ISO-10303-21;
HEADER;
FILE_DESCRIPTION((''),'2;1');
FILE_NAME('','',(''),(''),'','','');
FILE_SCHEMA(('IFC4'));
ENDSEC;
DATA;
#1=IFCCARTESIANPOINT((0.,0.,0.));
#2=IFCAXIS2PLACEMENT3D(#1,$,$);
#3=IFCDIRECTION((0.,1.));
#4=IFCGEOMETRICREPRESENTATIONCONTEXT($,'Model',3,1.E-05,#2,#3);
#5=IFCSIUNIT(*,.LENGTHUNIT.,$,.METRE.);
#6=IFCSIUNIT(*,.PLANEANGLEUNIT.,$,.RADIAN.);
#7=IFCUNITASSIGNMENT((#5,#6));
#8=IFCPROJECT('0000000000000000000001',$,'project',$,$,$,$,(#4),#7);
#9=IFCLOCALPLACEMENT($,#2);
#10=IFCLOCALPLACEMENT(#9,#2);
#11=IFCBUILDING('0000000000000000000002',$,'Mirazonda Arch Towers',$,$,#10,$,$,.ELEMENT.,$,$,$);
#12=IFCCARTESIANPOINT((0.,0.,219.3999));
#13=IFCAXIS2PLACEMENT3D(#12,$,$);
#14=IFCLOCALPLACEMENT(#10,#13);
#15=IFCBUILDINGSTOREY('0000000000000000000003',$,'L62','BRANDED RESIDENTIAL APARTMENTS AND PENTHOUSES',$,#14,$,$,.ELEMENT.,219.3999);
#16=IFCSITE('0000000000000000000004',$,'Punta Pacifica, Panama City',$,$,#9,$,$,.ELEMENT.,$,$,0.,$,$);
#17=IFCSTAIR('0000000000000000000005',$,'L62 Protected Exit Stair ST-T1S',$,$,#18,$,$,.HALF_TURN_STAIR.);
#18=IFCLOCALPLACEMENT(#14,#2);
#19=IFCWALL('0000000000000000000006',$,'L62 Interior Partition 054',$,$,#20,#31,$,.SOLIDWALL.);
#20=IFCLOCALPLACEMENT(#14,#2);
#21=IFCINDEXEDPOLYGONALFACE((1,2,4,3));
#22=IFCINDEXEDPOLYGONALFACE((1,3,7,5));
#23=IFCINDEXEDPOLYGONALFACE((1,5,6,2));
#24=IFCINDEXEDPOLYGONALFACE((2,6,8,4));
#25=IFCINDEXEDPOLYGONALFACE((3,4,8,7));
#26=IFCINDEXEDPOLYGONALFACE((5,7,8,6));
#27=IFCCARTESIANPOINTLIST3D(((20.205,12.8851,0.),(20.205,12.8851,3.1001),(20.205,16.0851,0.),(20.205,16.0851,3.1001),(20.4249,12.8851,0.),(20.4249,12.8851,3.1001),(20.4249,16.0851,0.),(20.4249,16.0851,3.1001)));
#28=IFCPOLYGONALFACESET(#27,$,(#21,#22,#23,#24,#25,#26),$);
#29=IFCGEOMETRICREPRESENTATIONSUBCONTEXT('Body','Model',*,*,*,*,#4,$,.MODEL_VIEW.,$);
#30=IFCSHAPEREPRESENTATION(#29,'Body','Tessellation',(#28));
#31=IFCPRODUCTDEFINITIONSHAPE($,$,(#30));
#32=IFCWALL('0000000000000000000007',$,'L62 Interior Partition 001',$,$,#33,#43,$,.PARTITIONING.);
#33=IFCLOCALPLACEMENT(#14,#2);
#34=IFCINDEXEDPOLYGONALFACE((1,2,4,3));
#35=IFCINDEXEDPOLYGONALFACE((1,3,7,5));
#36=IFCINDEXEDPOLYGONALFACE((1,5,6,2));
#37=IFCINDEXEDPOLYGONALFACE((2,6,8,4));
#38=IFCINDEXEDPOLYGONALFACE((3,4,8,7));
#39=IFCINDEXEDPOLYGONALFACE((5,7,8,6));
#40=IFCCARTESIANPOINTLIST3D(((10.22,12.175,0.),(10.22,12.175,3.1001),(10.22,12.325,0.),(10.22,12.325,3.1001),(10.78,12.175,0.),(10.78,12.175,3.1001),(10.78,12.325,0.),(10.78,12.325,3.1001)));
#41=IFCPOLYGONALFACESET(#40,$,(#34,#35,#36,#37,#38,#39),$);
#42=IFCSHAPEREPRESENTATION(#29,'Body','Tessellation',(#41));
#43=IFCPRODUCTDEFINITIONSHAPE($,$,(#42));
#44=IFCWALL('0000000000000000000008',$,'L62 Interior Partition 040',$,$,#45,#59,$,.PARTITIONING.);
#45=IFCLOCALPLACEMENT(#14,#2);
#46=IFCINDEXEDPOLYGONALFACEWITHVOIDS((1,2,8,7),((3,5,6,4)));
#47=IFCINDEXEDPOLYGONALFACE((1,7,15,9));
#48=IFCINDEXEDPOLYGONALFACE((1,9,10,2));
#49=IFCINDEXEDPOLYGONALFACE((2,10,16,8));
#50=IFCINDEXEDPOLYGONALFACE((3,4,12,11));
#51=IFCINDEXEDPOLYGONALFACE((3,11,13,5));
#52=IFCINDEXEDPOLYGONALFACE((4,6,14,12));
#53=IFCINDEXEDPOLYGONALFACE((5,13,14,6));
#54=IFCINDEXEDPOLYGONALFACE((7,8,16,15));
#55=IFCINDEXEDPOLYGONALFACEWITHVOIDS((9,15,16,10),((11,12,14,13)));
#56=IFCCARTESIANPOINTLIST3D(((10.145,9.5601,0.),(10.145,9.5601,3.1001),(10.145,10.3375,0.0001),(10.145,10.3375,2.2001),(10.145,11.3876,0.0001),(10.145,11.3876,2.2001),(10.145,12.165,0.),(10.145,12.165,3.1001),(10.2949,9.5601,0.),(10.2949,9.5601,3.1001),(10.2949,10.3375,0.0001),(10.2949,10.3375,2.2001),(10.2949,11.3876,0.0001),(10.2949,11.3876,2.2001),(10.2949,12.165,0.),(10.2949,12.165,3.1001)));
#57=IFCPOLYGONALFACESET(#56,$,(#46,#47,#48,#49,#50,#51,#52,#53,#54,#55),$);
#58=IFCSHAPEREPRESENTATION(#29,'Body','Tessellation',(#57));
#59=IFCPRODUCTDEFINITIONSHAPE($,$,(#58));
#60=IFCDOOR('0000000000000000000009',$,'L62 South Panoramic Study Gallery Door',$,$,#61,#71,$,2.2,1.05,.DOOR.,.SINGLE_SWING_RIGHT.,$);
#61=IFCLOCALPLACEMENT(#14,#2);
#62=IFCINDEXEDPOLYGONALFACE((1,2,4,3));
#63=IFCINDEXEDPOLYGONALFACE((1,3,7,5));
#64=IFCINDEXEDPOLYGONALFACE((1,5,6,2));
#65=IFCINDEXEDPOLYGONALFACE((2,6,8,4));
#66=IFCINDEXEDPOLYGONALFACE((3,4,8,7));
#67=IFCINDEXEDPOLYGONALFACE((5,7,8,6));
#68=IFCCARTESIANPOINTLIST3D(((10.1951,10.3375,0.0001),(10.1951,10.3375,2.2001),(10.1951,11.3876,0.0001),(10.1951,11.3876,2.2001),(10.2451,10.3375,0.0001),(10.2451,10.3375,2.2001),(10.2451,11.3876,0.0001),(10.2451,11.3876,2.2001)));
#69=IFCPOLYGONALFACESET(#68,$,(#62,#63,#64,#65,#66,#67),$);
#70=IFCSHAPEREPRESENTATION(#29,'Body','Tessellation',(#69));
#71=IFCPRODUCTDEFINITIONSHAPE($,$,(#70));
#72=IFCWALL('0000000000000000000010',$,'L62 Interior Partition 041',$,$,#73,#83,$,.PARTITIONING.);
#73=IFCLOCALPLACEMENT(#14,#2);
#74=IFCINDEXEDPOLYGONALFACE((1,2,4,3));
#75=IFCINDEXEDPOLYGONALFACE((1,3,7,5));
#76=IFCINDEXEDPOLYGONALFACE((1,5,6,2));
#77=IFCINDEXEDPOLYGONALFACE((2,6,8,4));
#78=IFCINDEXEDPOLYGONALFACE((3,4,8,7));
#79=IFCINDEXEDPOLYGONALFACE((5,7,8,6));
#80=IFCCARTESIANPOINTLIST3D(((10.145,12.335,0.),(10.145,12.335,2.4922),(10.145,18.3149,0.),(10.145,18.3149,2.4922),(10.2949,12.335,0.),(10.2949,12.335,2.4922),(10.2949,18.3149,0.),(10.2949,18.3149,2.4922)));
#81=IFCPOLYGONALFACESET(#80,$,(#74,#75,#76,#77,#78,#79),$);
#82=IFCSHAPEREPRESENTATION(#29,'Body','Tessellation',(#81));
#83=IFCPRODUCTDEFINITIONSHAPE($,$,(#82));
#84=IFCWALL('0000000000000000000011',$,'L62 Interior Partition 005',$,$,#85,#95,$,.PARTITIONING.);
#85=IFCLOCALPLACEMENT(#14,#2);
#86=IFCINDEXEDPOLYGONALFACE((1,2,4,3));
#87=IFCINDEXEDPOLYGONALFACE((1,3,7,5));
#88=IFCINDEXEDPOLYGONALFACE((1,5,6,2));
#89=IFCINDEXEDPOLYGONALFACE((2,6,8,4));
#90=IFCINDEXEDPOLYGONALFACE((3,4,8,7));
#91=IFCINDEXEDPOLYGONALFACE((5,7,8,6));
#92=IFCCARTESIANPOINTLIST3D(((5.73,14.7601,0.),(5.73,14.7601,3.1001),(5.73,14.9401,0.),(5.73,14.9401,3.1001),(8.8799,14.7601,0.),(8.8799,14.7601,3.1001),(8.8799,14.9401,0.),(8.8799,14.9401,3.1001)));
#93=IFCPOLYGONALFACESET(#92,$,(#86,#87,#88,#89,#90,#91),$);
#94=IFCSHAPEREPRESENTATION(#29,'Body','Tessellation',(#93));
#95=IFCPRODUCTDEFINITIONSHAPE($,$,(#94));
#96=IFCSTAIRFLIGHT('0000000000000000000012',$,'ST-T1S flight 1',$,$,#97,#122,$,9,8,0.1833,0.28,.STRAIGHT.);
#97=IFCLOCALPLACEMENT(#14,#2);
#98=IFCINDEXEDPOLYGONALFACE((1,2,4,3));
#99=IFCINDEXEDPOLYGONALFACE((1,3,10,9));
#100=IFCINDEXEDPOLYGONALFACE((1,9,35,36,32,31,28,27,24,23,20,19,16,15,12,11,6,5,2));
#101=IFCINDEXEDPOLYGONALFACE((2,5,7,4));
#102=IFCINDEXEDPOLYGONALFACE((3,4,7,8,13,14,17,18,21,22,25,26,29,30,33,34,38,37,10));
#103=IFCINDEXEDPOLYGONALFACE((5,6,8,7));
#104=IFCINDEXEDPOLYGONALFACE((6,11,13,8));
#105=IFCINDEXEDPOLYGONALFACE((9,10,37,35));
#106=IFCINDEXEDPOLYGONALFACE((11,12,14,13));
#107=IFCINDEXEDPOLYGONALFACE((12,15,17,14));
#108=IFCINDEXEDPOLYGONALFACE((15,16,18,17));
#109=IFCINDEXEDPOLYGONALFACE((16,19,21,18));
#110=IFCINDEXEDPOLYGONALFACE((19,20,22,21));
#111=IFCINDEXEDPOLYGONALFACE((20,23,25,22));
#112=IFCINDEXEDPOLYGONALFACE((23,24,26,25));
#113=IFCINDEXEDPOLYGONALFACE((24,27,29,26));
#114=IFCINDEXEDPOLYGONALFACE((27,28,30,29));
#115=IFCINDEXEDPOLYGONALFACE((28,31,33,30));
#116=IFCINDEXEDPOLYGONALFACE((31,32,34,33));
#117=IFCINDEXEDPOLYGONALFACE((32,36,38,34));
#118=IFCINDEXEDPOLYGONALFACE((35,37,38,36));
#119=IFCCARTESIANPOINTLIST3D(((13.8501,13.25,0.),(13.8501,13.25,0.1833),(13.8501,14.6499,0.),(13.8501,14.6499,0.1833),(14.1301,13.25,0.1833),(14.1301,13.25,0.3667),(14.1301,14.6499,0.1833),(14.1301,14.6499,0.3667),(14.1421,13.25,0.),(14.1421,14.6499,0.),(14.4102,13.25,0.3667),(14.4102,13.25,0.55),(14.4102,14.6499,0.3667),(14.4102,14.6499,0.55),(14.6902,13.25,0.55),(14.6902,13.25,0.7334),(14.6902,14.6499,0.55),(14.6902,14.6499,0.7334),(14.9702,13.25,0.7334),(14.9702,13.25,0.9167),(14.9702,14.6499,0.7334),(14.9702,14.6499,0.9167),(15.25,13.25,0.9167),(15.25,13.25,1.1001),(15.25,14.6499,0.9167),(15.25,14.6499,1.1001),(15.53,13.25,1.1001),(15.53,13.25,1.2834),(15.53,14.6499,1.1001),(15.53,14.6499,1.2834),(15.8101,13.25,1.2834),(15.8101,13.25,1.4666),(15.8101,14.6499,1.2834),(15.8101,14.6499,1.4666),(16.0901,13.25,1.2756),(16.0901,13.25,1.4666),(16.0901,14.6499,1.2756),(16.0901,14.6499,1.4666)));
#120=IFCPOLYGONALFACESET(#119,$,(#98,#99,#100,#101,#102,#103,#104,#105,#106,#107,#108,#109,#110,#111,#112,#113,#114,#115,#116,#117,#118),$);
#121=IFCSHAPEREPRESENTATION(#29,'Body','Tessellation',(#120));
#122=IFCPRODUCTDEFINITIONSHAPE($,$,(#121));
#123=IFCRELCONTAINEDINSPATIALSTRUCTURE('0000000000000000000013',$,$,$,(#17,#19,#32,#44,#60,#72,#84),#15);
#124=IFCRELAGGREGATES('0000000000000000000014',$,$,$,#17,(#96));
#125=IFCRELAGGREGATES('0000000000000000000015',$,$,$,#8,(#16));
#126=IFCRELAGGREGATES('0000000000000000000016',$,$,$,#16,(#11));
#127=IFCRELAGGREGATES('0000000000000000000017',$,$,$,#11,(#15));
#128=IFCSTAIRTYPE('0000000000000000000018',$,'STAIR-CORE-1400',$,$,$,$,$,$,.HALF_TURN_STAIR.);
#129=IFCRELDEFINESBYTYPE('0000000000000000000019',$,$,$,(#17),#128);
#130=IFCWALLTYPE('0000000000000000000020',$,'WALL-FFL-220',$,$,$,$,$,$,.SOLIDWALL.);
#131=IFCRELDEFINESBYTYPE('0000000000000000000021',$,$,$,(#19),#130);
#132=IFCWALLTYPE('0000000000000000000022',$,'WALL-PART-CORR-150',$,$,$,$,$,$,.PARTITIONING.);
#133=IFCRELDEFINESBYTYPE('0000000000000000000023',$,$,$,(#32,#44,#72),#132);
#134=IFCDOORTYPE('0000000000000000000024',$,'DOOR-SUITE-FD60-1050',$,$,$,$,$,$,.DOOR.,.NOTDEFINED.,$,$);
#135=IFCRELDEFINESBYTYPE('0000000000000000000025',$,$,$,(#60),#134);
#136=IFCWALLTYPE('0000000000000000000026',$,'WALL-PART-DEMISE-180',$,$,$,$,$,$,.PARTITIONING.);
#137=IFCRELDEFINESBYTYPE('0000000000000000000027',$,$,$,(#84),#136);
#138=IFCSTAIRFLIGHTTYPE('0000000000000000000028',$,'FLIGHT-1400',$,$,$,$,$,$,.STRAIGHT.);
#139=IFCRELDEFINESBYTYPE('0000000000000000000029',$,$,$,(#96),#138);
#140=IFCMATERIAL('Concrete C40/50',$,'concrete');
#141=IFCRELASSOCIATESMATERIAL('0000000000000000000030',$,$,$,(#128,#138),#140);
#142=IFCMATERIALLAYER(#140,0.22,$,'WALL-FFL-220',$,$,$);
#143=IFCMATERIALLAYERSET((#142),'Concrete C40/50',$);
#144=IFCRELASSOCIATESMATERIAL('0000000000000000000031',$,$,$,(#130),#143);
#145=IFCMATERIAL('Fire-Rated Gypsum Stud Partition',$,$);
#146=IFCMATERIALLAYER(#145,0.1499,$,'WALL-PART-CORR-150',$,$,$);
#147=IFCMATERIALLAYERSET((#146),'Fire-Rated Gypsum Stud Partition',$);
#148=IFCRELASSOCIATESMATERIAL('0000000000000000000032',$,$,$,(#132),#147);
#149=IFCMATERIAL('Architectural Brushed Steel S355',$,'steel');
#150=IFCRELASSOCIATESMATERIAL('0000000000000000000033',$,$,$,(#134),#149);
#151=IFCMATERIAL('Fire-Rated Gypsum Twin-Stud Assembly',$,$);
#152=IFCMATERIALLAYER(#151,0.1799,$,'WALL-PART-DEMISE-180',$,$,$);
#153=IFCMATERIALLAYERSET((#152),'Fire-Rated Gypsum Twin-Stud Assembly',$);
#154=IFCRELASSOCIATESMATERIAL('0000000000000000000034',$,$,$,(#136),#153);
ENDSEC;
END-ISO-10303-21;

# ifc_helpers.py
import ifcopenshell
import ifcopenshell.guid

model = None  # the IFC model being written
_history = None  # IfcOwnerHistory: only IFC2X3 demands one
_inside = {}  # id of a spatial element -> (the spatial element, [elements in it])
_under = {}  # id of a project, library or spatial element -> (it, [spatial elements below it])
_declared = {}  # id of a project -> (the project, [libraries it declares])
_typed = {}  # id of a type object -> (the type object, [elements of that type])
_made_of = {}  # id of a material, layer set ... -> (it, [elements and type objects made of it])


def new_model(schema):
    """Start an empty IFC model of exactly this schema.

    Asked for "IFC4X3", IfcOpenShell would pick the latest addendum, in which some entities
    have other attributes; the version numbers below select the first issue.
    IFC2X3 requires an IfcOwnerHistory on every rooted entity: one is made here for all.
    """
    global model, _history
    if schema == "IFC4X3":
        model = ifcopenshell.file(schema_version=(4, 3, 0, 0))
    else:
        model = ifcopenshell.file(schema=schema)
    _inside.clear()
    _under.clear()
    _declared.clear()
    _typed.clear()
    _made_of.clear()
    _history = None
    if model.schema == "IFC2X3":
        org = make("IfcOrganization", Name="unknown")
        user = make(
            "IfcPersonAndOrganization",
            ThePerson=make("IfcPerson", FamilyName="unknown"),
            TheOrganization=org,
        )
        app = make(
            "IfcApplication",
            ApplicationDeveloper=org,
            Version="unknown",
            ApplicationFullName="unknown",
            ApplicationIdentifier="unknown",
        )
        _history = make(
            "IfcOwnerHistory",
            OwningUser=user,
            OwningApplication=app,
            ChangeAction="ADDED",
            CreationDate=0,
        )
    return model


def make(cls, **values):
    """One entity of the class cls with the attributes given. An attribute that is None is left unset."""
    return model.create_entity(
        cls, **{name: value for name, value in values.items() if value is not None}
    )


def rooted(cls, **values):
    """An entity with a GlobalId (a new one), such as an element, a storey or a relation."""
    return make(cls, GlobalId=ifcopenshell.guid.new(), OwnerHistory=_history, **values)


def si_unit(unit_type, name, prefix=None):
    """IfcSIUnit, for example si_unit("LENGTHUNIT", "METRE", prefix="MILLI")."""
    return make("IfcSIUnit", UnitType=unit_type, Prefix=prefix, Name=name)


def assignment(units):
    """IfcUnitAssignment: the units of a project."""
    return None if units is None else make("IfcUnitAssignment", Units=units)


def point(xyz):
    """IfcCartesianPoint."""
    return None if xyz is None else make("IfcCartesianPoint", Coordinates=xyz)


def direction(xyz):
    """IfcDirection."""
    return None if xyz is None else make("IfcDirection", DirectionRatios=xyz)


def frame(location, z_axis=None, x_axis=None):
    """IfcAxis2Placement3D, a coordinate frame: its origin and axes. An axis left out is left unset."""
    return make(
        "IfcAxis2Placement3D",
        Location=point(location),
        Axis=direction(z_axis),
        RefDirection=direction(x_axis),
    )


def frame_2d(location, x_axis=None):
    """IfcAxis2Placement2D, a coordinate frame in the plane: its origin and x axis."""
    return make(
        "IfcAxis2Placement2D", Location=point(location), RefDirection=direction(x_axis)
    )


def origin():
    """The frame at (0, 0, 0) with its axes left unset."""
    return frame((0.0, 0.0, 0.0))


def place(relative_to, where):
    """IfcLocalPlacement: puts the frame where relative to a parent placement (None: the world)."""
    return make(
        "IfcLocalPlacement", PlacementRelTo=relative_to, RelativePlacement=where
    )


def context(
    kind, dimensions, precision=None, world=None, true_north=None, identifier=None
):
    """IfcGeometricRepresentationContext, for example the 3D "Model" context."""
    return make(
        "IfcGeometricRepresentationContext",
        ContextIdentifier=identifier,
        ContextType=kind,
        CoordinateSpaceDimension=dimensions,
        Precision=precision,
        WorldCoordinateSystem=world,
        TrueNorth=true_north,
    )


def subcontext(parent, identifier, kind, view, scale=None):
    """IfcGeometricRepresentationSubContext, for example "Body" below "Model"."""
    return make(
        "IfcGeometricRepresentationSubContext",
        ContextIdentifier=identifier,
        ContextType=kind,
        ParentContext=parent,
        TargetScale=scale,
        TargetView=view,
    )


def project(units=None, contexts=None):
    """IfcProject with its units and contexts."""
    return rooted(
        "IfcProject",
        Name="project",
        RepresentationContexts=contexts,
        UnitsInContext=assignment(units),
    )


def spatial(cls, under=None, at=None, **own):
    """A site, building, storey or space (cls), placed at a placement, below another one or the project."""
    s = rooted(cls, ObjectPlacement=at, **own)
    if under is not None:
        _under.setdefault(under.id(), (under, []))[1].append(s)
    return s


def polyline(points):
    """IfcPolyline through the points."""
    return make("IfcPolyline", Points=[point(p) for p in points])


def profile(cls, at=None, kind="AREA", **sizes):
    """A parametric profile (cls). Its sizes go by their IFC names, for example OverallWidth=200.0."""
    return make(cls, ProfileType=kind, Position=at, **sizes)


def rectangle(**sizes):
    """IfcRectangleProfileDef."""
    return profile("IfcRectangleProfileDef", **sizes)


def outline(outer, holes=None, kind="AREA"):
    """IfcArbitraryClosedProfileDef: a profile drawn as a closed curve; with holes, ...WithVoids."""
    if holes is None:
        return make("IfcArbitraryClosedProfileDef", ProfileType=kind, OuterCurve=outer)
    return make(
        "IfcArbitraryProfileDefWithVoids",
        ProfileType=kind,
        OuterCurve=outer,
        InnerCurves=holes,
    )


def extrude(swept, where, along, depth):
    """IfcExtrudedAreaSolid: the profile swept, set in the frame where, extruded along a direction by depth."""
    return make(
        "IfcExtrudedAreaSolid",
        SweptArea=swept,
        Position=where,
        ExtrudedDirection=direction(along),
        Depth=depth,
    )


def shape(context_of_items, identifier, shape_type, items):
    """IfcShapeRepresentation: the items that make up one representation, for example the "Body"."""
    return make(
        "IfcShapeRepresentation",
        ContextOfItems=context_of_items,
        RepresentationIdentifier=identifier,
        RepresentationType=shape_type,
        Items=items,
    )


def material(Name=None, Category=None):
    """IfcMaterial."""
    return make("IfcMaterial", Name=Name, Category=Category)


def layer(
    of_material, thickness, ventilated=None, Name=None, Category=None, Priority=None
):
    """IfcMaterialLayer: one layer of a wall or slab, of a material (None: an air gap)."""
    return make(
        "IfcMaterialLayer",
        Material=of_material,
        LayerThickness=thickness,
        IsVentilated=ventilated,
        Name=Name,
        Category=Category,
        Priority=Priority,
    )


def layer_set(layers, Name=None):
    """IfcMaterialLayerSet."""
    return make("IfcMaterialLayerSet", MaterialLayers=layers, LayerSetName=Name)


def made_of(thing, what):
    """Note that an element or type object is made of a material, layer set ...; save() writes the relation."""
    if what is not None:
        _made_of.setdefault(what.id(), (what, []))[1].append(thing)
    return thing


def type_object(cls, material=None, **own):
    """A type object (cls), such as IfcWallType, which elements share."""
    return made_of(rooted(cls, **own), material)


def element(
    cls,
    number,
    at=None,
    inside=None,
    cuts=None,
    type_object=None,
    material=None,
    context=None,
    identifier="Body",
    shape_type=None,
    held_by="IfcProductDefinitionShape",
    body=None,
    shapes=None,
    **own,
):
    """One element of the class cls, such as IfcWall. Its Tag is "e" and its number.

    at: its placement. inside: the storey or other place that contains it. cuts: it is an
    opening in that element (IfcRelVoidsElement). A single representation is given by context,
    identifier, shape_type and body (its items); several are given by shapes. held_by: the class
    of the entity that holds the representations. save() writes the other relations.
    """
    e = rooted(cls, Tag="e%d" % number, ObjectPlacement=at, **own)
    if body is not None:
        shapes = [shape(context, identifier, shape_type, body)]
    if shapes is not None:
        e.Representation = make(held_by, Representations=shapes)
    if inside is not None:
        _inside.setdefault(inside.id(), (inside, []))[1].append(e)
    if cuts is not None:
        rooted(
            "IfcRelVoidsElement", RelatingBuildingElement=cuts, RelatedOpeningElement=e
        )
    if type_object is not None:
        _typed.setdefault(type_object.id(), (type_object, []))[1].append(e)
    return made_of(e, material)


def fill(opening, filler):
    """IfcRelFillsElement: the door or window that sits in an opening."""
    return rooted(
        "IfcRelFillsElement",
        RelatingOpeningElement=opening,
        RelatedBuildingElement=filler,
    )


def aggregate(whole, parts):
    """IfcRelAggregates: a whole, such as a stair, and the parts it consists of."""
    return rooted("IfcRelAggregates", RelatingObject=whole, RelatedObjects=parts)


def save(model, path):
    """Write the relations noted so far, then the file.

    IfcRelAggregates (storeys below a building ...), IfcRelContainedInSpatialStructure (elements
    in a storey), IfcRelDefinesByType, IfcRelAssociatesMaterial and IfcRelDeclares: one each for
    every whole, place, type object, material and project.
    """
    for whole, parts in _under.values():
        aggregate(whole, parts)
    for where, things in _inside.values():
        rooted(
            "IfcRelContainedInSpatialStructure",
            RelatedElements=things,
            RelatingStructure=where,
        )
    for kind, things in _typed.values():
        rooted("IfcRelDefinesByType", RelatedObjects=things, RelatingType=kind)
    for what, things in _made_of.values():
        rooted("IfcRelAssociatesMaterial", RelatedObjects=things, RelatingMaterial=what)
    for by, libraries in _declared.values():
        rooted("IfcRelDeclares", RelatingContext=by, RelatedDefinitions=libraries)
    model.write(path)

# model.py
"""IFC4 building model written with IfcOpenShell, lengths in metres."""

from ifc_helpers import new_model, si_unit, direction, frame, frame_2d, origin, place, context, subcontext, project, spatial, polyline, rectangle, outline, extrude, material, layer, layer_set, type_object, element, fill, aggregate, save


model = new_model("IFC4")

# Units and contexts
model_context = context("Model", 3, precision=1e-05, world=origin(), true_north=direction((0.0, 1.0)))
body_context = subcontext(model_context, "Body", "Model", "MODEL_VIEW")
ifc_project = project(units=[si_unit("LENGTHUNIT", "METRE"), si_unit("PLANEANGLEUNIT", "RADIAN")], contexts=[model_context])

# Site, building, storey
site_placement = place(None, origin())
site = spatial("IfcSite", under=ifc_project, at=site_placement, Name="Punta Pacifica, Panama City", CompositionType="ELEMENT", RefElevation=0.0)
building_placement = place(site_placement, origin())
building = spatial("IfcBuilding", under=site, at=building_placement, Name="Mirazonda Arch Towers", CompositionType="ELEMENT")
storey_placement = place(building_placement, frame((0.0, 0.0, 219.3999)))
storey = spatial("IfcBuildingStorey", under=building, at=storey_placement, Name="L62", Description="BRANDED RESIDENTIAL APARTMENTS AND PENTHOUSES", CompositionType="ELEMENT", Elevation=219.3999)

# Stair
ifc_material_1 = material(Name="Concrete C40/50", Category="concrete")
stair_type = type_object("IfcStairType", Name="STAIR-CORE-1400", PredefinedType="HALF_TURN_STAIR", material=ifc_material_1)
stair_1_placement = place(storey_placement, origin())
stair_1 = element("IfcStair", 1, at=stair_1_placement, inside=storey, type_object=stair_type, Name="L62 Protected Exit Stair ST-T1S", PredefinedType="HALF_TURN_STAIR")

# Walls
ifc_layer_1 = layer(ifc_material_1, 0.22, Name="WALL-FFL-220")
ifc_layer_set_1 = layer_set([ifc_layer_1], Name="Concrete C40/50")
wall_type_1 = type_object("IfcWallType", Name="WALL-FFL-220", PredefinedType="SOLIDWALL", material=ifc_layer_set_1)
wall_1_placement = place(storey_placement, frame((20.3149, 12.885, 0.0), z_axis=(0.0, 0.0, 1.0), x_axis=(0.0, 1.0, 0.0)))
element("IfcWall", 2, at=wall_1_placement, inside=storey, type_object=wall_type_1, Name="L62 Interior Partition 054", PredefinedType="SOLIDWALL", context=body_context, shape_type="SweptSolid", body=[
    extrude(rectangle(XDim=3.2, YDim=0.22, at=frame_2d((1.6001, 0.0))), origin(), (0.0, 0.0, 1.0), 3.1001),
])
ifc_material_2 = material(Name="Fire-Rated Gypsum Stud Partition")
ifc_layer_2 = layer(ifc_material_2, 0.1499, Name="WALL-PART-CORR-150")
ifc_layer_set_2 = layer_set([ifc_layer_2], Name="Fire-Rated Gypsum Stud Partition")
wall_type_2 = type_object("IfcWallType", Name="WALL-PART-CORR-150", PredefinedType="PARTITIONING", material=ifc_layer_set_2)
wall_2_placement = place(storey_placement, frame((10.22, 12.25, 0.0), z_axis=(0.0, 0.0, 1.0), x_axis=(1.0, 0.0, 0.0)))
element("IfcWall", 3, at=wall_2_placement, inside=storey, type_object=wall_type_2, Name="L62 Interior Partition 001", PredefinedType="PARTITIONING", context=body_context, shape_type="SweptSolid", body=[
    extrude(rectangle(XDim=0.5601, YDim=0.1499, at=frame_2d((0.28, 0.0))), origin(), (0.0, 0.0, 1.0), 3.1001),
])

# Wall, opening, door
wall_3_placement = place(storey_placement, frame((10.22, 9.5601, 0.0), z_axis=(0.0, 0.0, 1.0), x_axis=(0.0, 1.0, 0.0)))
wall_3 = element("IfcWall", 4, at=wall_3_placement, inside=storey, type_object=wall_type_2, Name="L62 Interior Partition 040", PredefinedType="PARTITIONING", context=body_context, shape_type="SweptSolid", body=[
    extrude(rectangle(XDim=2.605, YDim=0.1499, at=frame_2d((1.3025, 0.0))), origin(), (0.0, 0.0, 1.0), 3.1001),
])
opening_1_placement = place(wall_3_placement, frame((0.7776, 0.0, 0.0)))
opening_1 = element("IfcOpeningElement", 5, at=opening_1_placement, cuts=wall_3, PredefinedType="OPENING", context=body_context, shape_type="SweptSolid", body=[
    extrude(rectangle(XDim=1.05, YDim=2.2, at=frame_2d((0.5249, 1.1001))), frame((0.0, 0.085, 0.0), z_axis=(0.0, -1.0, 0.0), x_axis=(1.0, 0.0, 0.0)), (0.0, 0.0, 1.0), 0.1699),
])
ifc_material_3 = material(Name="Architectural Brushed Steel S355", Category="steel")
door_type_1 = type_object("IfcDoorType", Name="DOOR-SUITE-FD60-1050", OperationType="NOTDEFINED", PredefinedType="DOOR", material=ifc_material_3)
door_1_placement = place(opening_1_placement, origin())
door_1 = element("IfcDoor", 6, at=door_1_placement, inside=storey, type_object=door_type_1, Name="L62 South Panoramic Study Gallery Door", OperationType="SINGLE_SWING_RIGHT", OverallHeight=2.2, OverallWidth=1.05, PredefinedType="DOOR", context=body_context, shape_type="SweptSolid", body=[
    extrude(rectangle(XDim=1.05, YDim=2.2, at=frame_2d((0.5249, 1.1001))), frame((0.0, 0.0249, 0.0), z_axis=(0.0, -1.0, 0.0), x_axis=(1.0, 0.0, 0.0)), (0.0, 0.0, 1.0), 0.05),
])
fill(opening_1, door_1)

# Walls
wall_4_placement = place(storey_placement, frame((10.22, 12.335, 0.0), z_axis=(0.0, 0.0, 1.0), x_axis=(0.0, 1.0, 0.0)))
element("IfcWall", 7, at=wall_4_placement, inside=storey, type_object=wall_type_2, Name="L62 Interior Partition 041", PredefinedType="PARTITIONING", context=body_context, shape_type="SweptSolid", body=[
    extrude(rectangle(XDim=5.98, YDim=0.1499, at=frame_2d((2.99, 0.0))), origin(), (0.0, 0.0, 1.0), 2.4922),
])
ifc_material_4 = material(Name="Fire-Rated Gypsum Twin-Stud Assembly")
ifc_layer_3 = layer(ifc_material_4, 0.1799, Name="WALL-PART-DEMISE-180")
ifc_layer_set_3 = layer_set([ifc_layer_3], Name="Fire-Rated Gypsum Twin-Stud Assembly")
wall_type_3 = type_object("IfcWallType", Name="WALL-PART-DEMISE-180", PredefinedType="PARTITIONING", material=ifc_layer_set_3)
wall_5_placement = place(storey_placement, frame((5.73, 14.8501, 0.0), z_axis=(0.0, 0.0, 1.0), x_axis=(1.0, 0.0, 0.0)))
element("IfcWall", 8, at=wall_5_placement, inside=storey, type_object=wall_type_3, Name="L62 Interior Partition 005", PredefinedType="PARTITIONING", context=body_context, shape_type="SweptSolid", body=[
    extrude(rectangle(XDim=3.1499, YDim=0.1799, at=frame_2d((1.575, 0.0))), origin(), (0.0, 0.0, 1.0), 3.1001),
])

# Stair flight
stair_flight_type = type_object("IfcStairFlightType", Name="FLIGHT-1400", PredefinedType="STRAIGHT", material=ifc_material_1)
stair_flight_placement = place(storey_placement, frame((13.8501, 13.95, 0.0), z_axis=(0.0, 0.0, 1.0), x_axis=(1.0, 0.0, 0.0)))
stair_flight = element("IfcStairFlight", 9, at=stair_flight_placement, type_object=stair_flight_type, Name="ST-T1S flight 1", NumberOfRisers=9, NumberOfTreads=8, PredefinedType="STRAIGHT", RiserHeight=0.1833, TreadLength=0.28, context=body_context, shape_type="SweptSolid", body=[
    extrude(outline(polyline([(0.0, 0.0), (0.0, 0.1833), (0.28, 0.1833), (0.28, 0.3667), (0.5601, 0.3667), (0.5601, 0.55), (0.8401, 0.55), (0.8401, 0.7334), (1.1201, 0.7334), (1.1201, 0.9167), (1.3999, 0.9167), (1.3999, 1.1001), (1.6799, 1.1001), (1.6799, 1.2834), (1.96, 1.2834), (1.96, 1.4666), (2.24, 1.4666), (2.24, 1.6499), (2.24, 1.2756), (0.292, 0.0), (0.0, 0.0)])), frame((0.0, 0.7, 0.0), z_axis=(0.0, -1.0, 0.0), x_axis=(1.0, 0.0, 0.0)), (0.0, 0.0, 1.0), 1.3999),
])
aggregate(stair_1, [stair_flight])

save(model, "model.ifc")
